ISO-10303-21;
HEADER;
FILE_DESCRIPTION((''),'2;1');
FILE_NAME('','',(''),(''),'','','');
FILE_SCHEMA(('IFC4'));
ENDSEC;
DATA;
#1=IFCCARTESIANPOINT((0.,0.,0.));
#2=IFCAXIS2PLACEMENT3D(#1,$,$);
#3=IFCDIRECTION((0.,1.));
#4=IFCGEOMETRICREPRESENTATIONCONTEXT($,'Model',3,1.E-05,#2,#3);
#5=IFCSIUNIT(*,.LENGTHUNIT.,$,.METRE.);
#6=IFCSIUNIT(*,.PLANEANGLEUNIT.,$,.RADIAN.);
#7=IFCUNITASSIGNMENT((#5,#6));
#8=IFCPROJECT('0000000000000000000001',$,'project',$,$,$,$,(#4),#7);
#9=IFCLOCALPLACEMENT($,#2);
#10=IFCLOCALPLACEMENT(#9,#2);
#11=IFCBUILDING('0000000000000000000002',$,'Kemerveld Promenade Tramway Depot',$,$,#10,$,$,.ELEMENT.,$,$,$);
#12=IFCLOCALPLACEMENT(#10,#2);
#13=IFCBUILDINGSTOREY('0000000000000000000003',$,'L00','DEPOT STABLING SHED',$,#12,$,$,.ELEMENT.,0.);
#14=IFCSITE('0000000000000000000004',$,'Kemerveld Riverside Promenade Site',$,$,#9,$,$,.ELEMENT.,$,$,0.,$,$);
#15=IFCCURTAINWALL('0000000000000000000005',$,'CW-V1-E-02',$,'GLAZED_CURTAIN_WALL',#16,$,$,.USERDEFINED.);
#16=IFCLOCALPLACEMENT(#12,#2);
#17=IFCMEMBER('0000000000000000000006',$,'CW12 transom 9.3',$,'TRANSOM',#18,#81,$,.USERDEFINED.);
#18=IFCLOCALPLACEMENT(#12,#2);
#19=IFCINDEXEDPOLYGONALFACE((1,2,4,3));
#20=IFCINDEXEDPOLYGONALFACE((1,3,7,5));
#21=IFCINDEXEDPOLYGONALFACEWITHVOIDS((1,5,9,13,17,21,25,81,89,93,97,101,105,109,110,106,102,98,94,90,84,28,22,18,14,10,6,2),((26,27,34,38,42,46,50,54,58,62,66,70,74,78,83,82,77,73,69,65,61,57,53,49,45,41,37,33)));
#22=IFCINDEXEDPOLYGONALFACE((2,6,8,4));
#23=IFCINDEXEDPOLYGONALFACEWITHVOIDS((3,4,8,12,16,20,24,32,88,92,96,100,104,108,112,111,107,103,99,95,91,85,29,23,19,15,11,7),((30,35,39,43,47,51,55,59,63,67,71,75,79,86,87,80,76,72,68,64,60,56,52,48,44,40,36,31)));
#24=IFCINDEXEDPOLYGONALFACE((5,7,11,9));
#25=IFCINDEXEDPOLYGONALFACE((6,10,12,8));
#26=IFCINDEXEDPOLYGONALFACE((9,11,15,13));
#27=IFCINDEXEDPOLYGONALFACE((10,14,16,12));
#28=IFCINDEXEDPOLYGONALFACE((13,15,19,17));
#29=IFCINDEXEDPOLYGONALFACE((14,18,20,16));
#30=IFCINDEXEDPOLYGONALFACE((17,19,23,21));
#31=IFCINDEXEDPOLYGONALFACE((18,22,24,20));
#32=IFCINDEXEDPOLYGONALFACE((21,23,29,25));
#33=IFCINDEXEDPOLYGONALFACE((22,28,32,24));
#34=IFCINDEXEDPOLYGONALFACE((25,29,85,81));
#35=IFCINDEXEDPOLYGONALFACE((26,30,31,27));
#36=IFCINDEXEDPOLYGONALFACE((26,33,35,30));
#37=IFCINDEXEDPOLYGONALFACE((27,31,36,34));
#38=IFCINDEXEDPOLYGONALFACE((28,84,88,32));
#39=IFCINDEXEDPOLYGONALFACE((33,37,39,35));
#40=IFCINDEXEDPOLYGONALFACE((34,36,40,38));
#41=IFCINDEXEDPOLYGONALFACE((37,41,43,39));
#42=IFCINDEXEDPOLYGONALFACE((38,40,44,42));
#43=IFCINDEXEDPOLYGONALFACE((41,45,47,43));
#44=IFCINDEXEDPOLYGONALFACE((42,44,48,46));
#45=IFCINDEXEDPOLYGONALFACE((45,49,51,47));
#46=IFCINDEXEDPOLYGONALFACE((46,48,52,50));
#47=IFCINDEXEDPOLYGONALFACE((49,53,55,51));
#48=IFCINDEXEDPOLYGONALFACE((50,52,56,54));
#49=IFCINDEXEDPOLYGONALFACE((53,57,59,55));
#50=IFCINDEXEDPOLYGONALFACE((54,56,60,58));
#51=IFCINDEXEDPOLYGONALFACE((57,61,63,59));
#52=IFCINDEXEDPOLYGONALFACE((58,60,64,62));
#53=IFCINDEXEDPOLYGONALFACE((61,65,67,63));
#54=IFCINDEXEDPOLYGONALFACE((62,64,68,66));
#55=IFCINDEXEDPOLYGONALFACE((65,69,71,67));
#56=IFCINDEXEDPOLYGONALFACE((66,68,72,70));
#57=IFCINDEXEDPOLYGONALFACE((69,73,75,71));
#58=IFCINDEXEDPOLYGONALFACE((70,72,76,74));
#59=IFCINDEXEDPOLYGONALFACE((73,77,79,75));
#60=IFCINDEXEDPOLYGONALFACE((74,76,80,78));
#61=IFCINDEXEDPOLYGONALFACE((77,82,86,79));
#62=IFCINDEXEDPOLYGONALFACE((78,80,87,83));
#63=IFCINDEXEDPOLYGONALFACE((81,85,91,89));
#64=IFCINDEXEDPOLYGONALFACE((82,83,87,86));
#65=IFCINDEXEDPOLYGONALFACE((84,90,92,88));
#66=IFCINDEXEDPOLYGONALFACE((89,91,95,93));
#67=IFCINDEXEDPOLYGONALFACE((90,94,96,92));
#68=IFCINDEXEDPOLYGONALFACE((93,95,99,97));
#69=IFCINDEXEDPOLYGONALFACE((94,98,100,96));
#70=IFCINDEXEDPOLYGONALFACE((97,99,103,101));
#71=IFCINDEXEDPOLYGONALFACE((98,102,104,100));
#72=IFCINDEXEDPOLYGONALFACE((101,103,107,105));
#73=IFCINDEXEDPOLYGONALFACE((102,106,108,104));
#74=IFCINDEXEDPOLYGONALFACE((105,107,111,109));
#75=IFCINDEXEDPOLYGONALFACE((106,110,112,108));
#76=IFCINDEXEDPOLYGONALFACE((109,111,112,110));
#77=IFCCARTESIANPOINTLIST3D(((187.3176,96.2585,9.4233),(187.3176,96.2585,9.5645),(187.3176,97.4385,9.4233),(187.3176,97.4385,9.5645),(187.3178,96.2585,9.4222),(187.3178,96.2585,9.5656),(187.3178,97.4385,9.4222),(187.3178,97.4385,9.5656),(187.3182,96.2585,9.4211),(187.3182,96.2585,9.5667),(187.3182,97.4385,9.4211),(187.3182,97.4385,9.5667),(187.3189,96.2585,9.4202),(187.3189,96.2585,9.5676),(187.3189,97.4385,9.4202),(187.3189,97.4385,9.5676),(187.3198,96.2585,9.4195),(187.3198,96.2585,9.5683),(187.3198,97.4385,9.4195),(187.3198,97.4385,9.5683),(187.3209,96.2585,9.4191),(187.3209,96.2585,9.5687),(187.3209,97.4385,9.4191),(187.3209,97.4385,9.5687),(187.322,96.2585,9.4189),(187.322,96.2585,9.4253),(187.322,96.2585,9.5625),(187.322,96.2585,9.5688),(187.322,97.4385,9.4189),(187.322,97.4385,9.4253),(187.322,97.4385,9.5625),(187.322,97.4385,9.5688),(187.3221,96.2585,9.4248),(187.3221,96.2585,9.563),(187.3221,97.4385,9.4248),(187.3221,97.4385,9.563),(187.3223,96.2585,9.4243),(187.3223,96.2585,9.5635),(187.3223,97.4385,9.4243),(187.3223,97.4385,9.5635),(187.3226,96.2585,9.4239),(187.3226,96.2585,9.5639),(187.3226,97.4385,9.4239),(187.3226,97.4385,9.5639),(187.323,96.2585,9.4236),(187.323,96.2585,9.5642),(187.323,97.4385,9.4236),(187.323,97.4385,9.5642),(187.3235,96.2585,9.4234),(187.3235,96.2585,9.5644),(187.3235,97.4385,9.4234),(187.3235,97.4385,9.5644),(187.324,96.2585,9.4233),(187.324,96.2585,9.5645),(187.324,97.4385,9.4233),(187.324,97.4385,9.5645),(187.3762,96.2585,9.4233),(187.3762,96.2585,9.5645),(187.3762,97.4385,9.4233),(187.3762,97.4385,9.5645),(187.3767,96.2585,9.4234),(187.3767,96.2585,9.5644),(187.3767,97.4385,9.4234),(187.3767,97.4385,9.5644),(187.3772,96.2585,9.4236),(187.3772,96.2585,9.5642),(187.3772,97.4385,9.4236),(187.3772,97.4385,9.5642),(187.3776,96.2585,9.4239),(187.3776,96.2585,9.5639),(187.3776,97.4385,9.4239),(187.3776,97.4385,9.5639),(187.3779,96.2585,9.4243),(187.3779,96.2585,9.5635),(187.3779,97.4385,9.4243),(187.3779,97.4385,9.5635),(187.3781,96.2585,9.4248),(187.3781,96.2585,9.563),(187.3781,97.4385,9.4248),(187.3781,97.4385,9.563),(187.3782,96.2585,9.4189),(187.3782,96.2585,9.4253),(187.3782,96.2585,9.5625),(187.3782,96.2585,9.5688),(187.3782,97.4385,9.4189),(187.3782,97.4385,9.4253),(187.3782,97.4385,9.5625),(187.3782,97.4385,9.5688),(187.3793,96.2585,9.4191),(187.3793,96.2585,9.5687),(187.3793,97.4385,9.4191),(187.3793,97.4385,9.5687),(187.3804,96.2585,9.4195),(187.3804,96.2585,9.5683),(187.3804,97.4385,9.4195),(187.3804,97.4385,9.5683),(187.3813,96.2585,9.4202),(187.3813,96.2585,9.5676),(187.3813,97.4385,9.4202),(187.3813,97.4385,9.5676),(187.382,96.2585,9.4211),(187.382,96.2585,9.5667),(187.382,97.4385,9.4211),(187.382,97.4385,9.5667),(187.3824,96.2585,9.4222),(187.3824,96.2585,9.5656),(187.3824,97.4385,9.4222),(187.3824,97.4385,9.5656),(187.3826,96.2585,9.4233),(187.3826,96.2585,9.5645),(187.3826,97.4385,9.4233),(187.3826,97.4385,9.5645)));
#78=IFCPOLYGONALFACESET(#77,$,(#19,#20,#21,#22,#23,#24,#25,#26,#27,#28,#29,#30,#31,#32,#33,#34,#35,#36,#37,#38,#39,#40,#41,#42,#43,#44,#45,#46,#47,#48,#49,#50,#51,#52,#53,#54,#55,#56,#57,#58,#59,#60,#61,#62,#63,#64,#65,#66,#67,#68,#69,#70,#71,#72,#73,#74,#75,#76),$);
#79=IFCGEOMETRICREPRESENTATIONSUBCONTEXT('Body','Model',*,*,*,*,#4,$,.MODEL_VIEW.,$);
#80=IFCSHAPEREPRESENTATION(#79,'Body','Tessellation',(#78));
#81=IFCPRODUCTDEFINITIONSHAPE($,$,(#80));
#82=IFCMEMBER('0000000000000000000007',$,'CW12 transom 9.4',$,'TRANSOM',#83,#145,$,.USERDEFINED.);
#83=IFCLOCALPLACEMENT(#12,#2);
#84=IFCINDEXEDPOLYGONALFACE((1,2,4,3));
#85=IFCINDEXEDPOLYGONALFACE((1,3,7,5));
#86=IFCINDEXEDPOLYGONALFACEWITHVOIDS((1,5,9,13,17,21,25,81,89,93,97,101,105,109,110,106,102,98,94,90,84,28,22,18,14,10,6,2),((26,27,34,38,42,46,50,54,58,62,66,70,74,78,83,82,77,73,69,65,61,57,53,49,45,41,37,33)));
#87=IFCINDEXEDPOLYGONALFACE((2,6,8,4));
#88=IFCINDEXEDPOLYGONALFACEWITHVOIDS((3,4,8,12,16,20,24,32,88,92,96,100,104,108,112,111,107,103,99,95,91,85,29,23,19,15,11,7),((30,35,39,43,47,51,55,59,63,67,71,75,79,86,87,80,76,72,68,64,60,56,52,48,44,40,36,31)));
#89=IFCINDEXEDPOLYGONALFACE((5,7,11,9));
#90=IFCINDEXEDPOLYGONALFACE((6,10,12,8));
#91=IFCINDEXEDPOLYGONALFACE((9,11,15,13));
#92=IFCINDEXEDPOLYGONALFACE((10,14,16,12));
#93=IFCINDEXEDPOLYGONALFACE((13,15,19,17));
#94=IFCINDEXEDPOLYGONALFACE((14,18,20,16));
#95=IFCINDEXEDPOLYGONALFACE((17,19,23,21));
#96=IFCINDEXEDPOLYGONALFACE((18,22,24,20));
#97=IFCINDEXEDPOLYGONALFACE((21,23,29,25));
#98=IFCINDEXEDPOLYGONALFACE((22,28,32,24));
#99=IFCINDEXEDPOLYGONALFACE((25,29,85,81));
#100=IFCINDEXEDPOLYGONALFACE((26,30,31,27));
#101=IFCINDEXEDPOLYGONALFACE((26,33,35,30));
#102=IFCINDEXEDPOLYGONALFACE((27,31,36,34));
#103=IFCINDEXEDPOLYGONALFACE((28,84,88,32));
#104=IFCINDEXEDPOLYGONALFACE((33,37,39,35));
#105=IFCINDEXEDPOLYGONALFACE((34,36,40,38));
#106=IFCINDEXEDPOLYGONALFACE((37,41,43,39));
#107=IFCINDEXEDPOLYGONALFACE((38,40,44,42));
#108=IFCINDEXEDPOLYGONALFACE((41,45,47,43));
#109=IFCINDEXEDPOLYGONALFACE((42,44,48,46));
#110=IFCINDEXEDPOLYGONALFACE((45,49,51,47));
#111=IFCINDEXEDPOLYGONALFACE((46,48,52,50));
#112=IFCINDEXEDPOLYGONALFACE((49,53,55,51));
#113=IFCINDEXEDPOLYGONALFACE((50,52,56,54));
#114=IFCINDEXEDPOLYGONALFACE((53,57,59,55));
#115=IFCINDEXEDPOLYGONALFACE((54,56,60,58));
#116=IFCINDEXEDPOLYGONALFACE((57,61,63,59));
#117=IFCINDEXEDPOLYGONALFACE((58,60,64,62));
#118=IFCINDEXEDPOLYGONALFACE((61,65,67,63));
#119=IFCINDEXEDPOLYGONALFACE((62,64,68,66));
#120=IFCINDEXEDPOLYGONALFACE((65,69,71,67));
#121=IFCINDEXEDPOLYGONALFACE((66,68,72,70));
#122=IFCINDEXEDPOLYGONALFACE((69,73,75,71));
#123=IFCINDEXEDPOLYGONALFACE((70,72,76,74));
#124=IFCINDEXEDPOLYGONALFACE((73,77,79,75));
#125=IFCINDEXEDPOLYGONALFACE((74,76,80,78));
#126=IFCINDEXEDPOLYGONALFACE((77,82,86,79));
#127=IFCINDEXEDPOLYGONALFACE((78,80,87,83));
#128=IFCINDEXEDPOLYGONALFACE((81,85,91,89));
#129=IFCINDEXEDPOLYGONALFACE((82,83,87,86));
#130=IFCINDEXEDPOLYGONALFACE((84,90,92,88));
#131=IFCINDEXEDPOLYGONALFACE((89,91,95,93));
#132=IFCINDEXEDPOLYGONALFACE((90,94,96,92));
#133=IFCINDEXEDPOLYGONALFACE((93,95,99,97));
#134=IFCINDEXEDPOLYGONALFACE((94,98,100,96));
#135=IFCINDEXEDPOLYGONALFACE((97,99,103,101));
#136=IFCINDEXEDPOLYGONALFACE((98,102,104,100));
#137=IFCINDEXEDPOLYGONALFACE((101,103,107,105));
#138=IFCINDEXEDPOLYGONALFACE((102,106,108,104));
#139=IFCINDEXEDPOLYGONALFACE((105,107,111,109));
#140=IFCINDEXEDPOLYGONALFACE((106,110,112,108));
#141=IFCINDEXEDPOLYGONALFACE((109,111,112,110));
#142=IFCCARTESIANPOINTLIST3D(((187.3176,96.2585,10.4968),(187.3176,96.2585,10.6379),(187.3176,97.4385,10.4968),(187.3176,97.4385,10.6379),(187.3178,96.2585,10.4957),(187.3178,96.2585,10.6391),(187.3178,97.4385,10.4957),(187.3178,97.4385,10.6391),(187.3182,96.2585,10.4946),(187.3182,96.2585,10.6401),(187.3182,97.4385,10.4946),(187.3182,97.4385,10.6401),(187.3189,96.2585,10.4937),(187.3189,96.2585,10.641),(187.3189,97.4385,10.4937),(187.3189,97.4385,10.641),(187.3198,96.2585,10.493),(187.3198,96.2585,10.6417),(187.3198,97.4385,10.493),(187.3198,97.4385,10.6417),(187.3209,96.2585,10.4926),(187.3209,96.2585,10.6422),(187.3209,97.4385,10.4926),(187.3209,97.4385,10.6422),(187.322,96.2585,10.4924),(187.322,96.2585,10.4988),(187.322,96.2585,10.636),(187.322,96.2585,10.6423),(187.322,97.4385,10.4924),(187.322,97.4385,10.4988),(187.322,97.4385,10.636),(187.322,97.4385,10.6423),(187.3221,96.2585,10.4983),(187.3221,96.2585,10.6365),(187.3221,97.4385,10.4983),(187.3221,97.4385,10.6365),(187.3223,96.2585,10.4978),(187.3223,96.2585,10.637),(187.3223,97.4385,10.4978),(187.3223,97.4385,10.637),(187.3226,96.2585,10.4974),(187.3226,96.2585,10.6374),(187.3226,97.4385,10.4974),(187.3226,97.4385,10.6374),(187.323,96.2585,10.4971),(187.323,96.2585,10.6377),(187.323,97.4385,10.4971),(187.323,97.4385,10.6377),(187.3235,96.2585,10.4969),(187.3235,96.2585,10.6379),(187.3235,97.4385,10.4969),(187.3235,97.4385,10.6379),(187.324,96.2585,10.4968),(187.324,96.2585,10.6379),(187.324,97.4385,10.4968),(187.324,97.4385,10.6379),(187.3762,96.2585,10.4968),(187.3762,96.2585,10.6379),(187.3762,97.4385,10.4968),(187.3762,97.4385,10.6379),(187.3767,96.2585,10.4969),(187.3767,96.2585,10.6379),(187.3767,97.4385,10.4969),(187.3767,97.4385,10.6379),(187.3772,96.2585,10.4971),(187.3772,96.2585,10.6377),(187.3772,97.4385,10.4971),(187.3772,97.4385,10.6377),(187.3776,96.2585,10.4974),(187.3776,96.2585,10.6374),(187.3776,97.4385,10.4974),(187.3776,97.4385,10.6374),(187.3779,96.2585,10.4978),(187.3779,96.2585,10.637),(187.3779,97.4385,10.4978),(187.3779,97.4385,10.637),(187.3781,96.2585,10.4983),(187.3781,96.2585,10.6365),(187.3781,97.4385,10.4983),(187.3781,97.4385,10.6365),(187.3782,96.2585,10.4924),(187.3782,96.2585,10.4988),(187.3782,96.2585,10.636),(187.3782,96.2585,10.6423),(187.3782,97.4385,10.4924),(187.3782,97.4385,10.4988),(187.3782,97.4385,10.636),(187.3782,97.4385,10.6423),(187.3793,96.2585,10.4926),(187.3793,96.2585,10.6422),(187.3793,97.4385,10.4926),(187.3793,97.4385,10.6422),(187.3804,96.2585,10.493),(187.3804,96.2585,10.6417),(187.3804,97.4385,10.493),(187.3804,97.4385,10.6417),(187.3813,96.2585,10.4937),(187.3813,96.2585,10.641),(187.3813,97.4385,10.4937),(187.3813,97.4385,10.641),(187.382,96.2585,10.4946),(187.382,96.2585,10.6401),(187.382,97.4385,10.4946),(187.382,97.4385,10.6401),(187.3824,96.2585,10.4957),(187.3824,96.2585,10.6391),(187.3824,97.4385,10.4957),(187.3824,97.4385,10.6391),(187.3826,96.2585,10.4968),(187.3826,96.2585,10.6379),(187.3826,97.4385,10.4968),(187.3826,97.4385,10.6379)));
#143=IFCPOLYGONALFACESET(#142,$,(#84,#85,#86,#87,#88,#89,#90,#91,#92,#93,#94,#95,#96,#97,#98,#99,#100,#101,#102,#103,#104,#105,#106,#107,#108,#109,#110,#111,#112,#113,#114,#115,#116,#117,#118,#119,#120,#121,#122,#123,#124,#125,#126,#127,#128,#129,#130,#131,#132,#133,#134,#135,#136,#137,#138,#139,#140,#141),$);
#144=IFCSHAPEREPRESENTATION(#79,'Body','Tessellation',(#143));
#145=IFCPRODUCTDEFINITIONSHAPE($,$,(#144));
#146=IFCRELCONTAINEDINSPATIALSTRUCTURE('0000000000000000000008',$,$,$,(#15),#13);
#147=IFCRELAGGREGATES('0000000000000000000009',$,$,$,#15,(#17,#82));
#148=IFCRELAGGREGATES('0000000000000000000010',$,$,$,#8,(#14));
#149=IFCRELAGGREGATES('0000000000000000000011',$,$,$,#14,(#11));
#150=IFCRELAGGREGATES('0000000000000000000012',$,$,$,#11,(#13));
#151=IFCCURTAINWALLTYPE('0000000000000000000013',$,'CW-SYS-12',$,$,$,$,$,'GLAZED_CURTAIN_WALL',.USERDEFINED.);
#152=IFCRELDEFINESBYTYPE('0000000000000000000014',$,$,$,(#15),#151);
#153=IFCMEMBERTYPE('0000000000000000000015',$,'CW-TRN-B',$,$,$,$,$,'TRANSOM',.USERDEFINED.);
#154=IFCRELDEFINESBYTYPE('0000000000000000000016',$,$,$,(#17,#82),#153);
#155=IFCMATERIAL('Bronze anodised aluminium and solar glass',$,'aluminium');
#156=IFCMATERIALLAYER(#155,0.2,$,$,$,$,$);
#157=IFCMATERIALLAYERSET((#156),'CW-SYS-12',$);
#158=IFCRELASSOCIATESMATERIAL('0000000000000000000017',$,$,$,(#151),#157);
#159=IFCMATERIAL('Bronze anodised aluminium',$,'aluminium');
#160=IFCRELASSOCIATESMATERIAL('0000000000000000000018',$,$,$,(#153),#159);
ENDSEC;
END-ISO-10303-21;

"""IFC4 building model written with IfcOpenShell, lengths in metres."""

from ifc_helpers import new_model, si_unit, direction, frame, origin, origin_2d, place, context, subcontext, project, spatial, hollow_rectangle, extrude, material, layer, layer_set, material_profile, profile_set, type_object, element, aggregate, save


model = new_model("IFC4")

# Units and contexts
model_context = context("Model", 3, precision=1e-05, world=origin(), true_north=direction((0.0, 1.0)))
body_context = subcontext(model_context, "Body", "Model", "MODEL_VIEW")
ifc_project = project(units=[si_unit("LENGTHUNIT", "METRE"), si_unit("PLANEANGLEUNIT", "RADIAN")], contexts=[model_context])

# Site, building, storey
site_placement = place(None, origin())
site = spatial("IfcSite", under=ifc_project, at=site_placement, Name="Kemerveld Riverside Promenade Site", CompositionType="ELEMENT", RefElevation=0.0)
building_placement = place(site_placement, origin())
building = spatial("IfcBuilding", under=site, at=building_placement, Name="Kemerveld Promenade Tramway Depot", CompositionType="ELEMENT")
storey_placement = place(building_placement, origin())
storey = spatial("IfcBuildingStorey", under=building, at=storey_placement, Name="L00", Description="DEPOT STABLING SHED", CompositionType="ELEMENT", Elevation=0.0)

# Curtain wall, members
ifc_material_1 = material(Name="Bronze anodised aluminium and solar glass", Category="aluminium")
ifc_layer_1 = layer(ifc_material_1, 0.2)
ifc_layer_set_1 = layer_set([ifc_layer_1], Name="CW-SYS-12")
curtain_wall_type = type_object("IfcCurtainWallType", Name="CW-SYS-12", ElementType="GLAZED_CURTAIN_WALL", PredefinedType="USERDEFINED", material=ifc_layer_set_1)
curtain_wall_placement = place(storey_placement, origin())
curtain_wall = element("IfcCurtainWall", 1, at=curtain_wall_placement, inside=storey, type_object=curtain_wall_type, Name="CW-V1-E-02", ObjectType="GLAZED_CURTAIN_WALL", PredefinedType="USERDEFINED")
ifc_material_2 = material(Name="Bronze anodised aluminium", Category="aluminium")
ifc_material_profile_1 = material_profile(ifc_material_2, hollow_rectangle(XDim=0.0649, YDim=0.1499, WallThickness=0.0044, InnerFilletRadius=0.002, OuterFilletRadius=0.0044, at=origin_2d()), Name="CW-TRN-150x65")
ifc_profile_set_1 = profile_set([ifc_material_profile_1], Name="Bronze anodised aluminium")
member_type_1 = type_object("IfcMemberType", Name="CW-TRN-B", ElementType="TRANSOM", PredefinedType="USERDEFINED", material=ifc_profile_set_1)
member_1_placement = place(storey_placement, frame((187.3501, 97.4385, 9.4939), z_axis=(0.0, -1.0, 0.0), x_axis=(1.0, 0.0, 0.0)))
member_1 = element("IfcMember", 2, at=member_1_placement, type_object=member_type_1, Name="CW12 transom 9.3", ObjectType="TRANSOM", PredefinedType="USERDEFINED", context=body_context, shape_type="SweptSolid", body=[
    extrude(hollow_rectangle(XDim=0.0649, YDim=0.1499, WallThickness=0.0044, InnerFilletRadius=0.002, OuterFilletRadius=0.0044, at=origin_2d()), origin(), (0.0, 0.0, 1.0), 1.1799),
])
member_2_placement = place(storey_placement, frame((187.3501, 97.4385, 10.5674), z_axis=(0.0, -1.0, 0.0), x_axis=(1.0, 0.0, 0.0)))
member_2 = element("IfcMember", 3, at=member_2_placement, type_object=member_type_1, Name="CW12 transom 9.4", ObjectType="TRANSOM", PredefinedType="USERDEFINED", context=body_context, shape_type="SweptSolid", body=[
    extrude(hollow_rectangle(XDim=0.0649, YDim=0.1499, WallThickness=0.0044, InnerFilletRadius=0.002, OuterFilletRadius=0.0044, at=origin_2d()), origin(), (0.0, 0.0, 1.0), 1.1799),
])

aggregate(curtain_wall, [member_1, member_2])

save(model, "model.ifc")
